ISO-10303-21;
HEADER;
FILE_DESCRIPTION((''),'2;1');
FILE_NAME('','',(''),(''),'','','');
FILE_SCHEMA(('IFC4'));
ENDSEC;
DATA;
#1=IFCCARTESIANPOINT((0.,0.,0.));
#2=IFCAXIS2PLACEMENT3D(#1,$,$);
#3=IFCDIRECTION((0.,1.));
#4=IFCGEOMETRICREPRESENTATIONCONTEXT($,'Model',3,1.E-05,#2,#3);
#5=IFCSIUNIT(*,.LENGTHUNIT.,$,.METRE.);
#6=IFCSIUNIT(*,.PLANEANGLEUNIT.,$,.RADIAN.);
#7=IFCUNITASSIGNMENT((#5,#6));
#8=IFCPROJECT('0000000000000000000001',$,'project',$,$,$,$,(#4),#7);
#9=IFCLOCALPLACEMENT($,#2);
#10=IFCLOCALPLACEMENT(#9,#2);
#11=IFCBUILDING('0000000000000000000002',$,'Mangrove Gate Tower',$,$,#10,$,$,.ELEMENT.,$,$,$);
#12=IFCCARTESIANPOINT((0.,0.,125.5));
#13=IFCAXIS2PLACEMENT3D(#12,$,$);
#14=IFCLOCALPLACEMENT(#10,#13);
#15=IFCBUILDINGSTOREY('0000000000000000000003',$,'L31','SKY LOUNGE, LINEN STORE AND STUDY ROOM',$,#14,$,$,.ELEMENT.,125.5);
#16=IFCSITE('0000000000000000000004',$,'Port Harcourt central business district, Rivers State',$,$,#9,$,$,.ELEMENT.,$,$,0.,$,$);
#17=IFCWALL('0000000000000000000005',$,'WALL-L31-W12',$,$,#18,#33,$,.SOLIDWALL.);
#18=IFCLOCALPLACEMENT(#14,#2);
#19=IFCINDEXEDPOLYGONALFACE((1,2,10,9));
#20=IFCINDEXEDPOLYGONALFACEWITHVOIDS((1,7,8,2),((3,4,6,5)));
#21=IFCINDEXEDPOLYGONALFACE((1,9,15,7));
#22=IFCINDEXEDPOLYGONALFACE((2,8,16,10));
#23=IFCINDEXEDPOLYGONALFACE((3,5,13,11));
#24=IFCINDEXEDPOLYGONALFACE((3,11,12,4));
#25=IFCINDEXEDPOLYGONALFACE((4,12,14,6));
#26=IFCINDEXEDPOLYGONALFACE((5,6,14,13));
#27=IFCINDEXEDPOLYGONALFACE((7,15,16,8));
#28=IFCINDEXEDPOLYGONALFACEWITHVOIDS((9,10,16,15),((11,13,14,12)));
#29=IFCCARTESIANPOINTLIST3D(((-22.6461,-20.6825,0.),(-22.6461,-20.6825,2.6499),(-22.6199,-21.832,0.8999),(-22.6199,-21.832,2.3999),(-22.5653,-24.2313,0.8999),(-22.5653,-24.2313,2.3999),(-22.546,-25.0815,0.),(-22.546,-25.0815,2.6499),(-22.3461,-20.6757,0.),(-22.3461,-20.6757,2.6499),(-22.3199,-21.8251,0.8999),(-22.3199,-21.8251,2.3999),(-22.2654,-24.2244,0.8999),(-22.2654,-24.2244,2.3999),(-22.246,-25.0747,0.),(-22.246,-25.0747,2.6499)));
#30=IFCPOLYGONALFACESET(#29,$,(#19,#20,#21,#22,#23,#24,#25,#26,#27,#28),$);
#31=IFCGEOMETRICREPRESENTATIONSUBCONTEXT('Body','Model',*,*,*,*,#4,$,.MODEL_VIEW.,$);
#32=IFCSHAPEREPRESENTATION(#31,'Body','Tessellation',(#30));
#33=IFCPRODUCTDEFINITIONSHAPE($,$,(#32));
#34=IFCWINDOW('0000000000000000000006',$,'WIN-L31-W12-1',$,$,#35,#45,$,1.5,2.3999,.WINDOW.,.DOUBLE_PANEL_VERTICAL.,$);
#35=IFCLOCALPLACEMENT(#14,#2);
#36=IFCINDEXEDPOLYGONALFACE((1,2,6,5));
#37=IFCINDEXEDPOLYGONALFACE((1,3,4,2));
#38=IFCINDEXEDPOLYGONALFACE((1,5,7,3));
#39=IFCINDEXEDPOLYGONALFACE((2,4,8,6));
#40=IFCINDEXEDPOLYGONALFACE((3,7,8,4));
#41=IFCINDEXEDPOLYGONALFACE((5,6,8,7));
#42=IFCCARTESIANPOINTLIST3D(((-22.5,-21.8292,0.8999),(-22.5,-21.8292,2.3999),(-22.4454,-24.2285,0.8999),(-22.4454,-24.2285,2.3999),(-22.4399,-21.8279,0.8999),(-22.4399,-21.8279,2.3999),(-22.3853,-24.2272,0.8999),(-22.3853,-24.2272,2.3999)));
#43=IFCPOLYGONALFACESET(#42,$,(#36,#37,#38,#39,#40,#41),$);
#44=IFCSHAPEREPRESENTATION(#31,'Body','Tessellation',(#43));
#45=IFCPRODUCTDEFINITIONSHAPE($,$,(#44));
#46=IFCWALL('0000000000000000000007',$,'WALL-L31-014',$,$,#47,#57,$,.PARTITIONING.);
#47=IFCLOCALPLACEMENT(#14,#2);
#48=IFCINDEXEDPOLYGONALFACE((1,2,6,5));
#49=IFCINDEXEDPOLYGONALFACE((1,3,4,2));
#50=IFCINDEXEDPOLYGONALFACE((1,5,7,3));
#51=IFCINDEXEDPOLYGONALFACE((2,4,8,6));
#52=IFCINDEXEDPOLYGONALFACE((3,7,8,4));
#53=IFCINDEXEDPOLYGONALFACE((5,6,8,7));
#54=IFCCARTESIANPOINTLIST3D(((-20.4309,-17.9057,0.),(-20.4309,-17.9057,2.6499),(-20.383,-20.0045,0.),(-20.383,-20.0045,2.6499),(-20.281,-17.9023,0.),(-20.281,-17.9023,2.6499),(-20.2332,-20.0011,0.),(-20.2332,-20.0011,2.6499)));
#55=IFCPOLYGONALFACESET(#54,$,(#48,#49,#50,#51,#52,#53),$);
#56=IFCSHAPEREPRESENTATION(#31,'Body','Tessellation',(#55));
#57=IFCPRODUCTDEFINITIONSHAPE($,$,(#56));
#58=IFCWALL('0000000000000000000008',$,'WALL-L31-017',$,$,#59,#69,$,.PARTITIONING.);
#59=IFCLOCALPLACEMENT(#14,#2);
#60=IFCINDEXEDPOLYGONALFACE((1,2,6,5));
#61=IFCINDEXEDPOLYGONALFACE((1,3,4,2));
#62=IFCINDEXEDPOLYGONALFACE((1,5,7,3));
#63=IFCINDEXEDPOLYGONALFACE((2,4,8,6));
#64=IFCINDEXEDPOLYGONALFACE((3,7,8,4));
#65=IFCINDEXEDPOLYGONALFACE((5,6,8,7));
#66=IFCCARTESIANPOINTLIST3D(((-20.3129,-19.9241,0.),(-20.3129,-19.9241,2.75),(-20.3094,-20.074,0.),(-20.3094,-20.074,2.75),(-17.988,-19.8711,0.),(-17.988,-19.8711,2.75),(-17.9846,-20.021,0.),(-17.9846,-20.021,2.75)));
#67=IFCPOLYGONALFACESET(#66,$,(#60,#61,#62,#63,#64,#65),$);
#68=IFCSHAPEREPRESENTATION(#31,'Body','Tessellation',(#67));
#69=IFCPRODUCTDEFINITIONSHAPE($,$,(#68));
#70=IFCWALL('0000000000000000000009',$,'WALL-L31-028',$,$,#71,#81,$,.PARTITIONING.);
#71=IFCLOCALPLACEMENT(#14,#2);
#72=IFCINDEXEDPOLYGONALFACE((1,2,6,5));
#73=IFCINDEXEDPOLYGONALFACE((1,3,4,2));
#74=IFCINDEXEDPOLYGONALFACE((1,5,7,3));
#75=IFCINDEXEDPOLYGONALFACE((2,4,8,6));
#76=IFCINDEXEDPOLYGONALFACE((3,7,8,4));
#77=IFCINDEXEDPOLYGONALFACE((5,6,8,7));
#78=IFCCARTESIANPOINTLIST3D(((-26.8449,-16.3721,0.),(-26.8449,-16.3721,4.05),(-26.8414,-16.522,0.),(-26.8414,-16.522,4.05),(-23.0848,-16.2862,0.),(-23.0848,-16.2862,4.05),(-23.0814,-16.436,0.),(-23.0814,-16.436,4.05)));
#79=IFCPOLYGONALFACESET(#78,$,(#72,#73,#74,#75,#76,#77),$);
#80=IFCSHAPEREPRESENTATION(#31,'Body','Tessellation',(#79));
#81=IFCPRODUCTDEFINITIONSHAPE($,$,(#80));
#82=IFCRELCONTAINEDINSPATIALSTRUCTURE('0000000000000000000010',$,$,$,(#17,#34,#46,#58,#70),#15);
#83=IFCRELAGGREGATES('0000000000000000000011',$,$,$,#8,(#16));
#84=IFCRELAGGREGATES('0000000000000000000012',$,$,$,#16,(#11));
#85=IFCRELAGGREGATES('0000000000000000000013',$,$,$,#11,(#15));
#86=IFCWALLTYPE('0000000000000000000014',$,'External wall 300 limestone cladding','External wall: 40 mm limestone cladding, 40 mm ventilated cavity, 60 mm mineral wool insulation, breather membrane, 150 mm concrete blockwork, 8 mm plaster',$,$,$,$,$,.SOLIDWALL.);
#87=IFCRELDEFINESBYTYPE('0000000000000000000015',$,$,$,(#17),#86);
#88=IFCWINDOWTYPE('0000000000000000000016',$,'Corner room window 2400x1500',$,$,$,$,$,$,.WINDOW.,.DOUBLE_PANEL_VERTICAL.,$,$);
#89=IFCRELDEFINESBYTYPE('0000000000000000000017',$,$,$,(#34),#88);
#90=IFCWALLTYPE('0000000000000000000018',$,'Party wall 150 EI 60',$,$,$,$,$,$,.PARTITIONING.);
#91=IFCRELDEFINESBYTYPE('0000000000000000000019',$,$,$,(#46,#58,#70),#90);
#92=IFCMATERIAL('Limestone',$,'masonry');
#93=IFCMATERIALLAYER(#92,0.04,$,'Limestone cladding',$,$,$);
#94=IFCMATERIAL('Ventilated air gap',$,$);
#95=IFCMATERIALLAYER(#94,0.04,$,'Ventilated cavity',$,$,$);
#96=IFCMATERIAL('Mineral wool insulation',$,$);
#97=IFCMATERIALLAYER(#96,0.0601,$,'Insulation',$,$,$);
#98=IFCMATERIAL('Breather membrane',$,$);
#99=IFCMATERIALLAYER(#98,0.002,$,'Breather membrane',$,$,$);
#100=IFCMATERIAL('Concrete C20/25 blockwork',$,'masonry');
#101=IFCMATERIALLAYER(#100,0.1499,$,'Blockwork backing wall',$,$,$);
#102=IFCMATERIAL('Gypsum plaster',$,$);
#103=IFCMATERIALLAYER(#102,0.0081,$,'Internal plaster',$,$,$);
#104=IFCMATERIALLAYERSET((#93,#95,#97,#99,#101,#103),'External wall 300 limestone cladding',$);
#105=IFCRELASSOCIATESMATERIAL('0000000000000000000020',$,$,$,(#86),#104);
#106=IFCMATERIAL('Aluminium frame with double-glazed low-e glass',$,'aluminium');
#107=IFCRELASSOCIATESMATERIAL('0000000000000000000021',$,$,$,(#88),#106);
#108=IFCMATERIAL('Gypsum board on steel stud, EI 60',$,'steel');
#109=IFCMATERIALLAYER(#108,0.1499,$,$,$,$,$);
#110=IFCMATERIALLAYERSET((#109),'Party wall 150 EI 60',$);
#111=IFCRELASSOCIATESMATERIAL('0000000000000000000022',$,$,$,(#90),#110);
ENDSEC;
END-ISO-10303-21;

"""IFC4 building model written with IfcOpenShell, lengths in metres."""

from ifc_helpers import new_model, si_unit, direction, frame, frame_2d, origin, place, context, subcontext, project, spatial, rectangle, extrude, material, layer, layer_set, type_object, element, fill, save


model = new_model("IFC4")

# Units and contexts
model_context = context("Model", 3, precision=1e-05, world=origin(), true_north=direction((0.0, 1.0)))
body_context = subcontext(model_context, "Body", "Model", "MODEL_VIEW")
ifc_project = project(units=[si_unit("LENGTHUNIT", "METRE"), si_unit("PLANEANGLEUNIT", "RADIAN")], contexts=[model_context])

# Site, building, storey
site_placement = place(None, origin())
site = spatial("IfcSite", under=ifc_project, at=site_placement, Name="Port Harcourt central business district, Rivers State", CompositionType="ELEMENT", RefElevation=0.0)
building_placement = place(site_placement, origin())
building = spatial("IfcBuilding", under=site, at=building_placement, Name="Mangrove Gate Tower", CompositionType="ELEMENT")
storey_placement = place(building_placement, frame((0.0, 0.0, 125.5)))
storey = spatial("IfcBuildingStorey", under=building, at=storey_placement, Name="L31", Description="SKY LOUNGE, LINEN STORE AND STUDY ROOM", CompositionType="ELEMENT", Elevation=125.5)

# Wall, opening, window
ifc_material_1 = material(Name="Limestone", Category="masonry")
ifc_layer_1 = layer(ifc_material_1, 0.04, Name="Limestone cladding")
ifc_material_2 = material(Name="Ventilated air gap")
ifc_layer_2 = layer(ifc_material_2, 0.04, Name="Ventilated cavity")
ifc_material_3 = material(Name="Mineral wool insulation")
ifc_layer_3 = layer(ifc_material_3, 0.0601, Name="Insulation")
ifc_material_4 = material(Name="Breather membrane")
ifc_layer_4 = layer(ifc_material_4, 0.002, Name="Breather membrane")
ifc_material_5 = material(Name="Concrete C20/25 blockwork", Category="masonry")
ifc_layer_5 = layer(ifc_material_5, 0.1499, Name="Blockwork backing wall")
ifc_material_6 = material(Name="Gypsum plaster")
ifc_layer_6 = layer(ifc_material_6, 0.0081, Name="Internal plaster")
ifc_layer_set_1 = layer_set([ifc_layer_1, ifc_layer_2, ifc_layer_3, ifc_layer_4, ifc_layer_5, ifc_layer_6], Name="External wall 300 limestone cladding")
wall_type_1 = type_object("IfcWallType", Name="External wall 300 limestone cladding", Description="External wall: 40 mm limestone cladding, 40 mm ventilated cavity, 60 mm mineral wool insulation, breather membrane, 150 mm concrete blockwork, 8 mm plaster", PredefinedType="SOLIDWALL", material=ifc_layer_set_1)
wall_1_placement = place(storey_placement, frame((-22.4961, -20.679, 0.0), z_axis=(0.0, 0.0, 1.0), x_axis=(0.022749, -0.999741, 0.0)))
wall_1 = element("IfcWall", 1, at=wall_1_placement, inside=storey, type_object=wall_type_1, Name="WALL-L31-W12", PredefinedType="SOLIDWALL", context=body_context, shape_type="SweptSolid", body=[
    extrude(rectangle(XDim=4.4001, YDim=0.3, at=frame_2d((2.2002, 0.0))), origin(), (0.0, 0.0, 1.0), 2.6499),
])
opening_1_placement = place(wall_1_placement, frame((1.1499, 0.0, 0.8999)))
opening_1 = element("IfcOpeningElement", 2, at=opening_1_placement, cuts=wall_1, PredefinedType="OPENING", context=body_context, shape_type="SweptSolid", body=[
    extrude(rectangle(XDim=2.3999, YDim=1.5, at=frame_2d((1.2, 0.75))), frame((0.0, 0.1599, 0.0), z_axis=(0.0, -1.0, 0.0), x_axis=(1.0, 0.0, 0.0)), (0.0, 0.0, 1.0), 0.3201),
])
ifc_material_7 = material(Name="Aluminium frame with double-glazed low-e glass", Category="aluminium")
window_type = type_object("IfcWindowType", Name="Corner room window 2400x1500", PartitioningType="DOUBLE_PANEL_VERTICAL", PredefinedType="WINDOW", material=ifc_material_7)
window_placement = place(opening_1_placement, origin())
window = element("IfcWindow", 3, at=window_placement, inside=storey, type_object=window_type, Name="WIN-L31-W12-1", OverallHeight=1.5, OverallWidth=2.3999, PartitioningType="DOUBLE_PANEL_VERTICAL", PredefinedType="WINDOW", context=body_context, shape_type="SweptSolid", body=[
    extrude(rectangle(XDim=2.3999, YDim=1.5, at=frame_2d((1.2, 0.75))), frame((0.0, 0.03, 0.0), z_axis=(0.0, -1.0, 0.0), x_axis=(1.0, 0.0, 0.0)), (0.0, 0.0, 1.0), 0.0601),
])
fill(opening_1, window)

# Walls
ifc_material_8 = material(Name="Gypsum board on steel stud, EI 60", Category="steel")
ifc_layer_7 = layer(ifc_material_8, 0.1499)
ifc_layer_set_2 = layer_set([ifc_layer_7], Name="Party wall 150 EI 60")
wall_type_2 = type_object("IfcWallType", Name="Party wall 150 EI 60", PredefinedType="PARTITIONING", material=ifc_layer_set_2)
wall_2_placement = place(storey_placement, frame((-20.3081, -20.0029, 0.0), z_axis=(0.0, 0.0, 1.0), x_axis=(-0.022793, 0.99974, 0.0)))
element("IfcWall", 4, at=wall_2_placement, inside=storey, type_object=wall_type_2, Name="WALL-L31-014", PredefinedType="PARTITIONING", context=body_context, shape_type="SweptSolid", body=[
    extrude(rectangle(XDim=2.0994, YDim=0.1499, at=frame_2d((1.0498, 0.0))), origin(), (0.0, 0.0, 1.0), 2.6499),
])
wall_3_placement = place(storey_placement, frame((-20.311, -19.999, 0.0), z_axis=(0.0, 0.0, 1.0), x_axis=(0.99974, 0.022781, 0.0)))
element("IfcWall", 5, at=wall_3_placement, inside=storey, type_object=wall_type_2, Name="WALL-L31-017", PredefinedType="PARTITIONING", context=body_context, shape_type="SweptSolid", body=[
    extrude(rectangle(XDim=2.3254, YDim=0.1499, at=frame_2d((1.1626, 0.0))), origin(), (0.0, 0.0, 1.0), 2.75),
])
wall_4_placement = place(storey_placement, frame((-26.843, -16.447, 0.0), z_axis=(0.0, 0.0, 1.0), x_axis=(0.999739, 0.02285, 0.0)))
element("IfcWall", 6, at=wall_4_placement, inside=storey, type_object=wall_type_2, Name="WALL-L31-028", PredefinedType="PARTITIONING", context=body_context, shape_type="SweptSolid", body=[
    extrude(rectangle(XDim=3.761, YDim=0.1499, at=frame_2d((1.8804, 0.0))), origin(), (0.0, 0.0, 1.0), 4.05),
])

save(model, "model.ifc")
